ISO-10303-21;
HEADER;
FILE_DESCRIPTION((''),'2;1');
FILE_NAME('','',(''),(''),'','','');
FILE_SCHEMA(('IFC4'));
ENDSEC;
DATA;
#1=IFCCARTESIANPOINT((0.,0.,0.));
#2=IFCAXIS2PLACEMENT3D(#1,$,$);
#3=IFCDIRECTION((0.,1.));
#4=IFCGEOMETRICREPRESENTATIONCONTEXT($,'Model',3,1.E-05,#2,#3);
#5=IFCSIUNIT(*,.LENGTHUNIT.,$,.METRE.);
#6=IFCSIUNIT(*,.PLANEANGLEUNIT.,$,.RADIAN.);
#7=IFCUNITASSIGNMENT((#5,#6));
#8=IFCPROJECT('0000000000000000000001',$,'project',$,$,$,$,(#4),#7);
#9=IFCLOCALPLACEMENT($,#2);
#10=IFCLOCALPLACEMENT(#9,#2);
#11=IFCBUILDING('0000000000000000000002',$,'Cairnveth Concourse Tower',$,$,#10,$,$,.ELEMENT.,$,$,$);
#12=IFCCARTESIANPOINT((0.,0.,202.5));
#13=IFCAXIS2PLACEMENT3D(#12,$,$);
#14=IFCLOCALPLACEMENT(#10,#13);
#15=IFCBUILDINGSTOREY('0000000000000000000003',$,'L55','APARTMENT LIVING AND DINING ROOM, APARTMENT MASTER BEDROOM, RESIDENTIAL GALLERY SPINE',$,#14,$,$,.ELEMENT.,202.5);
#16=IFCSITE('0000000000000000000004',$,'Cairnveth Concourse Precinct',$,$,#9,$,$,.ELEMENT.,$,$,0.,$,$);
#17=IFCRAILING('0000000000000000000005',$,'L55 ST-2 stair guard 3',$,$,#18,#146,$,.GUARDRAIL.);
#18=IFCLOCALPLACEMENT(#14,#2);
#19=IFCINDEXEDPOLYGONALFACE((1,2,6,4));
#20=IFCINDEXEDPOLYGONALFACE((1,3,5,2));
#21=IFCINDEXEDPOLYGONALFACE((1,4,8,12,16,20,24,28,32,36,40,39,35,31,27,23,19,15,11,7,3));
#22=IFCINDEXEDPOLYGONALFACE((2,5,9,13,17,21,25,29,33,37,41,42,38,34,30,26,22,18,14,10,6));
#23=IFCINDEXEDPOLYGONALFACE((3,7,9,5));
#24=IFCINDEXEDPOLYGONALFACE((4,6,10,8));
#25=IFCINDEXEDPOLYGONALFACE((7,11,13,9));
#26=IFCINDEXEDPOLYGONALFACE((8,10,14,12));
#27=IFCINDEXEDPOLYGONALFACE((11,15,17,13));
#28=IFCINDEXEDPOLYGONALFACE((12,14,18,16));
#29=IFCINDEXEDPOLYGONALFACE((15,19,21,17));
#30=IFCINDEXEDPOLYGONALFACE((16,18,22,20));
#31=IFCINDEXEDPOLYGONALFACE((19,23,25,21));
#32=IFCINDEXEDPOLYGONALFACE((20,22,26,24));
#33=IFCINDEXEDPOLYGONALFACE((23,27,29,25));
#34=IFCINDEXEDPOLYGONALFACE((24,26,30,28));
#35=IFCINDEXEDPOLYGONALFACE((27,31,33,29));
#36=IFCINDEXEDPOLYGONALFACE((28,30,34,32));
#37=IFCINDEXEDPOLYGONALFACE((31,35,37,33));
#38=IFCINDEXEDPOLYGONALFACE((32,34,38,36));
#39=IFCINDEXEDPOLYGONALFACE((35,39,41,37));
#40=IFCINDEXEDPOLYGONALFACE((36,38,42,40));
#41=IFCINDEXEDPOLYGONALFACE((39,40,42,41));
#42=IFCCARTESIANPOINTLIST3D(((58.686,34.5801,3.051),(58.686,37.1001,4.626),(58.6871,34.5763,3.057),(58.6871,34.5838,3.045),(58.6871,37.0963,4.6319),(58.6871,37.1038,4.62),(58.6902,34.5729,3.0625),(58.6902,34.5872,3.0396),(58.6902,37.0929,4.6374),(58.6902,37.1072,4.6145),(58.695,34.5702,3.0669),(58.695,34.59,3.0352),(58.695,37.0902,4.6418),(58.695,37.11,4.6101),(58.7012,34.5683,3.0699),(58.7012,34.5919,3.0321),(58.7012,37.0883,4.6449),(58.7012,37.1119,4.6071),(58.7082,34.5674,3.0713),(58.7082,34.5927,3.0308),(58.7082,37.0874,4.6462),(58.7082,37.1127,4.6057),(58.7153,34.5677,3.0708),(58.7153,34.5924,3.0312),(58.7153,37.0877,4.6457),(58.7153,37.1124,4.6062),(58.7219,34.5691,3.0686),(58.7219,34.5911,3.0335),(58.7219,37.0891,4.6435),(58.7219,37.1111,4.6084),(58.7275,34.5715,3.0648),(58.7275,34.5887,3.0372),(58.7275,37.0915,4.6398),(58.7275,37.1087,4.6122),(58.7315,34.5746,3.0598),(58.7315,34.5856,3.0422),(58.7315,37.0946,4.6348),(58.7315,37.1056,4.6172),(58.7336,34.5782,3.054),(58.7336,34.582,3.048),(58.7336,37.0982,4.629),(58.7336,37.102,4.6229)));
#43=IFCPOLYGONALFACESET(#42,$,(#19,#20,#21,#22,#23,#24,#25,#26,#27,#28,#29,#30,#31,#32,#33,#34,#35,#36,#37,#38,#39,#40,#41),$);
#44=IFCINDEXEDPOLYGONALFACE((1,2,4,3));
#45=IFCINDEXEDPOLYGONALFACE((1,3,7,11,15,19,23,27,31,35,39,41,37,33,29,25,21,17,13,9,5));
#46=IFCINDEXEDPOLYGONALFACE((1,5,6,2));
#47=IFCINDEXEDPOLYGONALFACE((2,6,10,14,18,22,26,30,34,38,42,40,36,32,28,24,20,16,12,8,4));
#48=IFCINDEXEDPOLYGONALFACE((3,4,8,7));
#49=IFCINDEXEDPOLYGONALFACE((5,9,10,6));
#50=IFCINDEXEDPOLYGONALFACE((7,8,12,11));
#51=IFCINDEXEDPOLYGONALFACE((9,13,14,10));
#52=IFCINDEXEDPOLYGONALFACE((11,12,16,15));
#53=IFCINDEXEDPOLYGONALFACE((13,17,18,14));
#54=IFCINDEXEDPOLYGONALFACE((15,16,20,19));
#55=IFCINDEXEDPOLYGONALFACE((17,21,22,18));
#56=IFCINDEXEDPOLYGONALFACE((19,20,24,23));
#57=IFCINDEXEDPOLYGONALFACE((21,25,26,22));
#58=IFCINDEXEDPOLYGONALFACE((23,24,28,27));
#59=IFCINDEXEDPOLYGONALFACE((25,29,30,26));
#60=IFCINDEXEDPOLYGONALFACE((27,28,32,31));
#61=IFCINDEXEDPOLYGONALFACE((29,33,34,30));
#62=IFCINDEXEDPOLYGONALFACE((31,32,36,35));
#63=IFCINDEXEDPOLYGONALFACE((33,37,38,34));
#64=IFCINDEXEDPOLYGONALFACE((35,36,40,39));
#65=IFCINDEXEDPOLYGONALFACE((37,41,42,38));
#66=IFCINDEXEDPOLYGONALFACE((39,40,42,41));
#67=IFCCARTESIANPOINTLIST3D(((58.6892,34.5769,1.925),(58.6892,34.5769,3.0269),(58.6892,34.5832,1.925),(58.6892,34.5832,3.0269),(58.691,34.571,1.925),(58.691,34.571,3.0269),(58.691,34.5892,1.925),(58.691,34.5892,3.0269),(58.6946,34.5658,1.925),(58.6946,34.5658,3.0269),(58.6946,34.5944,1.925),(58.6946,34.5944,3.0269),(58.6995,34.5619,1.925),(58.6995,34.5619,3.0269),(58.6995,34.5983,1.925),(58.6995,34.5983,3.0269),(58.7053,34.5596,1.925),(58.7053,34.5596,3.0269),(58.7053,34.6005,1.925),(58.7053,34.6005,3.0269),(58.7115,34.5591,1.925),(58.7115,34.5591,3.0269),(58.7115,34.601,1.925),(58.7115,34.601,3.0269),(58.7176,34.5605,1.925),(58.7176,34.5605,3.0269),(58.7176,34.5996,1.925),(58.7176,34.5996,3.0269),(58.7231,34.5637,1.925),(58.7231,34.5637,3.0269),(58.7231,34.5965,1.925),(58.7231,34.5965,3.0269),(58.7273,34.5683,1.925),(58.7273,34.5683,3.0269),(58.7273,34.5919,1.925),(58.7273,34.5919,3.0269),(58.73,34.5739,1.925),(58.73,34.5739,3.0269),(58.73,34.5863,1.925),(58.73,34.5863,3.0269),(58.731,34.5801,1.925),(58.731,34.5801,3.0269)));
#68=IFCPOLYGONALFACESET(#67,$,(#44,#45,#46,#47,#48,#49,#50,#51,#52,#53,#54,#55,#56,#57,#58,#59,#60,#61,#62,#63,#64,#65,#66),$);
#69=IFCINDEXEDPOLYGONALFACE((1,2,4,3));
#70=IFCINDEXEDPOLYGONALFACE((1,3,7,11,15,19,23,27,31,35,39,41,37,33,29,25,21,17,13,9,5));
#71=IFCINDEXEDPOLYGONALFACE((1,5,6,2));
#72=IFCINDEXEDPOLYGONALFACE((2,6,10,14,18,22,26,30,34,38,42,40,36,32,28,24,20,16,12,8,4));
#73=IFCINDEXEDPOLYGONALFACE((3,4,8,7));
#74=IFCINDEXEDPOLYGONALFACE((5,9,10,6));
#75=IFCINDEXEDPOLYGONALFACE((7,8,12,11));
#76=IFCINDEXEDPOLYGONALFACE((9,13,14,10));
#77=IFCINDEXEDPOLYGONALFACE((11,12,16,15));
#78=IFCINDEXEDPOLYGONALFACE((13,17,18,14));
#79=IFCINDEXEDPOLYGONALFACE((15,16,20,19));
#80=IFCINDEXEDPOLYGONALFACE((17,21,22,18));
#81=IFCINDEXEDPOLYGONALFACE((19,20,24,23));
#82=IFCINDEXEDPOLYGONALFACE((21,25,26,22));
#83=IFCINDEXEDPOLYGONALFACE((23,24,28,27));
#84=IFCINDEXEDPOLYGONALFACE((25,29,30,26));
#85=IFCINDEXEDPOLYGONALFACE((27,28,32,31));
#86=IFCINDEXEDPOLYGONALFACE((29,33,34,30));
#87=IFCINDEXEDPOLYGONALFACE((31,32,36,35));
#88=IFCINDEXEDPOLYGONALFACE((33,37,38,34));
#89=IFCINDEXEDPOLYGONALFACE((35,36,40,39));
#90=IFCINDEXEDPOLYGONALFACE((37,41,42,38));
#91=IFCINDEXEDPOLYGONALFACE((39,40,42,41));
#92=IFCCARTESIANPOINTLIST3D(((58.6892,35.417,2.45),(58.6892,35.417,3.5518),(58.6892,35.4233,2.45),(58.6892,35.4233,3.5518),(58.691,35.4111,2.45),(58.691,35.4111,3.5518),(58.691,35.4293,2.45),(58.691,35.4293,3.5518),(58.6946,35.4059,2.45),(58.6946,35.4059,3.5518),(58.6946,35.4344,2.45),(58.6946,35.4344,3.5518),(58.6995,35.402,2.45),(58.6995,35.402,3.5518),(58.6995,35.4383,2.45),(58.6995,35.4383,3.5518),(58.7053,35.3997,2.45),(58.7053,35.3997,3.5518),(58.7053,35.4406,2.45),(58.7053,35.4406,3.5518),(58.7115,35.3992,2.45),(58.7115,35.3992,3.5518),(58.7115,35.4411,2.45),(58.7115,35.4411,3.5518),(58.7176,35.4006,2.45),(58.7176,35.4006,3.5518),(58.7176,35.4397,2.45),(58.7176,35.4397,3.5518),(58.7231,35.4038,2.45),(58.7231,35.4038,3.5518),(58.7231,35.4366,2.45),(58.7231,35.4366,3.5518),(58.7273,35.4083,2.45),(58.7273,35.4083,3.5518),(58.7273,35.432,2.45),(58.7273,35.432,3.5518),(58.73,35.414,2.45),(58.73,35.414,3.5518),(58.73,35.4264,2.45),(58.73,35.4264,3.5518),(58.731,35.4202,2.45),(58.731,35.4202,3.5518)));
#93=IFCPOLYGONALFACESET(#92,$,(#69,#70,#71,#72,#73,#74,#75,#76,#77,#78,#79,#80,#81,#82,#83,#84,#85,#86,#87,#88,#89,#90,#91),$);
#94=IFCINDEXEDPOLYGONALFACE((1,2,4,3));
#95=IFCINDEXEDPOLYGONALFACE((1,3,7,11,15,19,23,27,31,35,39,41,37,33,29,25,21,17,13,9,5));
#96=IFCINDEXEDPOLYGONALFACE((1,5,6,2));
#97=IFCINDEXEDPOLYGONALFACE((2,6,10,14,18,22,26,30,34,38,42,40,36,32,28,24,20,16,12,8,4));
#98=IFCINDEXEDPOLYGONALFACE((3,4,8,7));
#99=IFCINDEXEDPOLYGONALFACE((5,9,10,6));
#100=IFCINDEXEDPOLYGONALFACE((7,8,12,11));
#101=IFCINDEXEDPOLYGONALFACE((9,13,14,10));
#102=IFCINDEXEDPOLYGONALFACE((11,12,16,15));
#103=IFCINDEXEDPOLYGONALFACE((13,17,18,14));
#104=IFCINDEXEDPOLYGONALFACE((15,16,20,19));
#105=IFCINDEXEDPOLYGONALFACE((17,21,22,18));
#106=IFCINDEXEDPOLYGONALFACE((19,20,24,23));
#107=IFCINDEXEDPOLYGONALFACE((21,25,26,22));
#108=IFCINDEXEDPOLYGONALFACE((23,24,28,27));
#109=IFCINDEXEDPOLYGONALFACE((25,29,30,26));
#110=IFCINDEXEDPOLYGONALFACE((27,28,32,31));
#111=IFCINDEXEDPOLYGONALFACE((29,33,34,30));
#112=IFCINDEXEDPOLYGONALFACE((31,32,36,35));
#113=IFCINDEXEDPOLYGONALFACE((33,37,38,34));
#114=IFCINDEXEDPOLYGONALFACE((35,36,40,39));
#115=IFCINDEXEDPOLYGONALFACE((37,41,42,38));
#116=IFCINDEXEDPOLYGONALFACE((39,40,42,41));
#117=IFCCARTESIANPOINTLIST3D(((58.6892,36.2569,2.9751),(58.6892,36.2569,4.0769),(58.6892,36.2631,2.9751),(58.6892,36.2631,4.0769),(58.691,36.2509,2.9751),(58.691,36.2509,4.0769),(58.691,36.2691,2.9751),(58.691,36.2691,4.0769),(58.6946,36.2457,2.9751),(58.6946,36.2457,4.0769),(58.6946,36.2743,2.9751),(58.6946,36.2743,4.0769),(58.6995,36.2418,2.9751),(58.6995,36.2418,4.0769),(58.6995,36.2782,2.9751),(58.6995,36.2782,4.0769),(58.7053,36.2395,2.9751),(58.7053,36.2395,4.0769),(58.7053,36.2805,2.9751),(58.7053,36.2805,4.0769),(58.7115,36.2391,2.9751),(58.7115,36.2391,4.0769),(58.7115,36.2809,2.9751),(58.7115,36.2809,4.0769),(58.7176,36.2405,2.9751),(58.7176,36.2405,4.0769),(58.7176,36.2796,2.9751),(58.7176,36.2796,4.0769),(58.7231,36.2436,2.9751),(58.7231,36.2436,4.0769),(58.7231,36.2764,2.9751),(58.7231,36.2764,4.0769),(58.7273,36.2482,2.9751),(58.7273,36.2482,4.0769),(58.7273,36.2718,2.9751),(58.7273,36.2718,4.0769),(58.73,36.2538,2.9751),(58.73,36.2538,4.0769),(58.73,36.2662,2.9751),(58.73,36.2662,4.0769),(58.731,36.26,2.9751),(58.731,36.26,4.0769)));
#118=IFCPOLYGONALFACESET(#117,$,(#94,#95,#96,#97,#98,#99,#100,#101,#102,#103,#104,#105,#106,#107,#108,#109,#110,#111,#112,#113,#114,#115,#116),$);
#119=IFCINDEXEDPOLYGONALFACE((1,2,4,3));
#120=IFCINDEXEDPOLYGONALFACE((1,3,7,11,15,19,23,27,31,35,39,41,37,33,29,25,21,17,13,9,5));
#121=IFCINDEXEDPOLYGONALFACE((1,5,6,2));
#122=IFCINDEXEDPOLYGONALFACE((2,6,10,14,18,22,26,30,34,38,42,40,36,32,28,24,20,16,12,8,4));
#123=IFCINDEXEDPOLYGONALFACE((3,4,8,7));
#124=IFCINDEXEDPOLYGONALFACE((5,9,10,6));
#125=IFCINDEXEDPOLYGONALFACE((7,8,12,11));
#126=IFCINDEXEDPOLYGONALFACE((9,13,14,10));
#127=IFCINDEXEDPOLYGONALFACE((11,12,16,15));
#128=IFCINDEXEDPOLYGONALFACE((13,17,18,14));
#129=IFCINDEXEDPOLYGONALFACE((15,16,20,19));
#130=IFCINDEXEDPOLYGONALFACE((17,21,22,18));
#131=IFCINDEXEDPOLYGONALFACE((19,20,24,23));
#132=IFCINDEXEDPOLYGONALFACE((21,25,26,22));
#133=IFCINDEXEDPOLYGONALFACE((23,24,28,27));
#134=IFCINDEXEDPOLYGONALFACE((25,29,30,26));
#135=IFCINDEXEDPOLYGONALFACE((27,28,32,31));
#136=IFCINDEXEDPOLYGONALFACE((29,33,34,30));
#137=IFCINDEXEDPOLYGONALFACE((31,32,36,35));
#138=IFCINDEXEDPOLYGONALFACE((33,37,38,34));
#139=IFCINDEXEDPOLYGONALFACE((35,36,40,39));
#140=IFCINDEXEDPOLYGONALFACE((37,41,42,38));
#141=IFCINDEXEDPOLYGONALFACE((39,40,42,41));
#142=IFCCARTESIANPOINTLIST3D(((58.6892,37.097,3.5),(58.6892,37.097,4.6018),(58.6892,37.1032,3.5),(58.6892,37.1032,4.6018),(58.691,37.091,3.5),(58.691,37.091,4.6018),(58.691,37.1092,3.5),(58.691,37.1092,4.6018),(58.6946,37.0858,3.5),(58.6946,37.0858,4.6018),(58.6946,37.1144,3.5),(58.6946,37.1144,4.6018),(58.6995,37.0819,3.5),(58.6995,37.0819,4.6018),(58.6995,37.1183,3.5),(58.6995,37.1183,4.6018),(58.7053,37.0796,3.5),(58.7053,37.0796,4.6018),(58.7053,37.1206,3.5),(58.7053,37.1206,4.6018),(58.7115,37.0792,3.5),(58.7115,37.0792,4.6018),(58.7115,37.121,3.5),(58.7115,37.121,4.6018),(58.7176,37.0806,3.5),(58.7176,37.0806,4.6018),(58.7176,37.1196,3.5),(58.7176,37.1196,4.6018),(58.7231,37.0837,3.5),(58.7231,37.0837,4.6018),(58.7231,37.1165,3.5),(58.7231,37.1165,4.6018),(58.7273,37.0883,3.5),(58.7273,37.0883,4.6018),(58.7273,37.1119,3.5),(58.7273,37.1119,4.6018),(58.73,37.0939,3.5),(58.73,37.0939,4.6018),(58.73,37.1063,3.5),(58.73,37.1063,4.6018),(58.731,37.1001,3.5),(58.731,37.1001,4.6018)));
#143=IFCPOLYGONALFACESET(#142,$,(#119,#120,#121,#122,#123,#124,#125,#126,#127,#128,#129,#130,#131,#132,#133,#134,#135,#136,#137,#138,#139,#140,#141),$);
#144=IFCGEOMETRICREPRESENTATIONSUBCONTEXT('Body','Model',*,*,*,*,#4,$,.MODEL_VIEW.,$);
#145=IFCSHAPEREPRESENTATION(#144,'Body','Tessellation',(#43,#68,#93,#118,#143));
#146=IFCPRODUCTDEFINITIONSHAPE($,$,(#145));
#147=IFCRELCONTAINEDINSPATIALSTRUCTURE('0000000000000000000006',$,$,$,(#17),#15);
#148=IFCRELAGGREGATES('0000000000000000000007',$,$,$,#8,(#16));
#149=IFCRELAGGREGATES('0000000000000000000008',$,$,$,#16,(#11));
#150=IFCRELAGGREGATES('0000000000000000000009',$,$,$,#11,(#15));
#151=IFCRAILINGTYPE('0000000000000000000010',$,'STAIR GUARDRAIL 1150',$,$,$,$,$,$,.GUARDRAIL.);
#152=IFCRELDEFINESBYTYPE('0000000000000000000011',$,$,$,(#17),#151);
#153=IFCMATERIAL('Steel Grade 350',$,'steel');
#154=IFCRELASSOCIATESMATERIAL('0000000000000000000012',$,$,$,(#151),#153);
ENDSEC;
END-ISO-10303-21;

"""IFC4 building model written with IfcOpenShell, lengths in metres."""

from ifc_helpers import new_model, si_unit, direction, frame, origin, origin_2d, place, context, subcontext, project, spatial, circle, extrude, material, type_object, element, save


model = new_model("IFC4")

# Units and contexts
model_context = context("Model", 3, precision=1e-05, world=origin(), true_north=direction((0.0, 1.0)))
body_context = subcontext(model_context, "Body", "Model", "MODEL_VIEW")
ifc_project = project(units=[si_unit("LENGTHUNIT", "METRE"), si_unit("PLANEANGLEUNIT", "RADIAN")], contexts=[model_context])

# Site, building, storey
site_placement = place(None, origin())
site = spatial("IfcSite", under=ifc_project, at=site_placement, Name="Cairnveth Concourse Precinct", CompositionType="ELEMENT", RefElevation=0.0)
building_placement = place(site_placement, origin())
building = spatial("IfcBuilding", under=site, at=building_placement, Name="Cairnveth Concourse Tower", CompositionType="ELEMENT")
storey_placement = place(building_placement, frame((0.0, 0.0, 202.5)))
storey = spatial("IfcBuildingStorey", under=building, at=storey_placement, Name="L55", Description="APARTMENT LIVING AND DINING ROOM, APARTMENT MASTER BEDROOM, RESIDENTIAL GALLERY SPINE", CompositionType="ELEMENT", Elevation=202.5)

# Shared definitions
ifc_material_1 = material(Name="Steel Grade 350", Category="steel")

# Railing
railing_type_1 = type_object("IfcRailingType", Name="STAIR GUARDRAIL 1150", PredefinedType="GUARDRAIL", material=ifc_material_1)
railing_1_placement = place(storey_placement, frame((58.71, 34.5801, 1.925)))
element("IfcRailing", 1, at=railing_1_placement, inside=storey, type_object=railing_type_1, Name="L55 ST-2 stair guard 3", PredefinedType="GUARDRAIL", context=body_context, shape_type="SweptSolid", body=[
    extrude(circle(Radius=0.0239, at=origin_2d()), frame((0.0, 0.0, 1.126), z_axis=(0.0, 0.848008, 0.529984), x_axis=(-1.0, 0.0, 0.0)), (0.0, 0.0, 1.0), 2.9717),
    extrude(circle(Radius=0.021, at=origin_2d()), origin(), (0.0, 0.0, 1.0), 1.1018),
    extrude(circle(Radius=0.021, at=origin_2d()), frame((0.0, 0.8401, 0.5249)), (0.0, 0.0, 1.0), 1.1018),
    extrude(circle(Radius=0.021, at=origin_2d()), frame((0.0, 1.6799, 1.05)), (0.0, 0.0, 1.0), 1.1018),
    extrude(circle(Radius=0.021, at=origin_2d()), frame((0.0, 2.52, 1.575)), (0.0, 0.0, 1.0), 1.1018),
])

save(model, "model.ifc")
